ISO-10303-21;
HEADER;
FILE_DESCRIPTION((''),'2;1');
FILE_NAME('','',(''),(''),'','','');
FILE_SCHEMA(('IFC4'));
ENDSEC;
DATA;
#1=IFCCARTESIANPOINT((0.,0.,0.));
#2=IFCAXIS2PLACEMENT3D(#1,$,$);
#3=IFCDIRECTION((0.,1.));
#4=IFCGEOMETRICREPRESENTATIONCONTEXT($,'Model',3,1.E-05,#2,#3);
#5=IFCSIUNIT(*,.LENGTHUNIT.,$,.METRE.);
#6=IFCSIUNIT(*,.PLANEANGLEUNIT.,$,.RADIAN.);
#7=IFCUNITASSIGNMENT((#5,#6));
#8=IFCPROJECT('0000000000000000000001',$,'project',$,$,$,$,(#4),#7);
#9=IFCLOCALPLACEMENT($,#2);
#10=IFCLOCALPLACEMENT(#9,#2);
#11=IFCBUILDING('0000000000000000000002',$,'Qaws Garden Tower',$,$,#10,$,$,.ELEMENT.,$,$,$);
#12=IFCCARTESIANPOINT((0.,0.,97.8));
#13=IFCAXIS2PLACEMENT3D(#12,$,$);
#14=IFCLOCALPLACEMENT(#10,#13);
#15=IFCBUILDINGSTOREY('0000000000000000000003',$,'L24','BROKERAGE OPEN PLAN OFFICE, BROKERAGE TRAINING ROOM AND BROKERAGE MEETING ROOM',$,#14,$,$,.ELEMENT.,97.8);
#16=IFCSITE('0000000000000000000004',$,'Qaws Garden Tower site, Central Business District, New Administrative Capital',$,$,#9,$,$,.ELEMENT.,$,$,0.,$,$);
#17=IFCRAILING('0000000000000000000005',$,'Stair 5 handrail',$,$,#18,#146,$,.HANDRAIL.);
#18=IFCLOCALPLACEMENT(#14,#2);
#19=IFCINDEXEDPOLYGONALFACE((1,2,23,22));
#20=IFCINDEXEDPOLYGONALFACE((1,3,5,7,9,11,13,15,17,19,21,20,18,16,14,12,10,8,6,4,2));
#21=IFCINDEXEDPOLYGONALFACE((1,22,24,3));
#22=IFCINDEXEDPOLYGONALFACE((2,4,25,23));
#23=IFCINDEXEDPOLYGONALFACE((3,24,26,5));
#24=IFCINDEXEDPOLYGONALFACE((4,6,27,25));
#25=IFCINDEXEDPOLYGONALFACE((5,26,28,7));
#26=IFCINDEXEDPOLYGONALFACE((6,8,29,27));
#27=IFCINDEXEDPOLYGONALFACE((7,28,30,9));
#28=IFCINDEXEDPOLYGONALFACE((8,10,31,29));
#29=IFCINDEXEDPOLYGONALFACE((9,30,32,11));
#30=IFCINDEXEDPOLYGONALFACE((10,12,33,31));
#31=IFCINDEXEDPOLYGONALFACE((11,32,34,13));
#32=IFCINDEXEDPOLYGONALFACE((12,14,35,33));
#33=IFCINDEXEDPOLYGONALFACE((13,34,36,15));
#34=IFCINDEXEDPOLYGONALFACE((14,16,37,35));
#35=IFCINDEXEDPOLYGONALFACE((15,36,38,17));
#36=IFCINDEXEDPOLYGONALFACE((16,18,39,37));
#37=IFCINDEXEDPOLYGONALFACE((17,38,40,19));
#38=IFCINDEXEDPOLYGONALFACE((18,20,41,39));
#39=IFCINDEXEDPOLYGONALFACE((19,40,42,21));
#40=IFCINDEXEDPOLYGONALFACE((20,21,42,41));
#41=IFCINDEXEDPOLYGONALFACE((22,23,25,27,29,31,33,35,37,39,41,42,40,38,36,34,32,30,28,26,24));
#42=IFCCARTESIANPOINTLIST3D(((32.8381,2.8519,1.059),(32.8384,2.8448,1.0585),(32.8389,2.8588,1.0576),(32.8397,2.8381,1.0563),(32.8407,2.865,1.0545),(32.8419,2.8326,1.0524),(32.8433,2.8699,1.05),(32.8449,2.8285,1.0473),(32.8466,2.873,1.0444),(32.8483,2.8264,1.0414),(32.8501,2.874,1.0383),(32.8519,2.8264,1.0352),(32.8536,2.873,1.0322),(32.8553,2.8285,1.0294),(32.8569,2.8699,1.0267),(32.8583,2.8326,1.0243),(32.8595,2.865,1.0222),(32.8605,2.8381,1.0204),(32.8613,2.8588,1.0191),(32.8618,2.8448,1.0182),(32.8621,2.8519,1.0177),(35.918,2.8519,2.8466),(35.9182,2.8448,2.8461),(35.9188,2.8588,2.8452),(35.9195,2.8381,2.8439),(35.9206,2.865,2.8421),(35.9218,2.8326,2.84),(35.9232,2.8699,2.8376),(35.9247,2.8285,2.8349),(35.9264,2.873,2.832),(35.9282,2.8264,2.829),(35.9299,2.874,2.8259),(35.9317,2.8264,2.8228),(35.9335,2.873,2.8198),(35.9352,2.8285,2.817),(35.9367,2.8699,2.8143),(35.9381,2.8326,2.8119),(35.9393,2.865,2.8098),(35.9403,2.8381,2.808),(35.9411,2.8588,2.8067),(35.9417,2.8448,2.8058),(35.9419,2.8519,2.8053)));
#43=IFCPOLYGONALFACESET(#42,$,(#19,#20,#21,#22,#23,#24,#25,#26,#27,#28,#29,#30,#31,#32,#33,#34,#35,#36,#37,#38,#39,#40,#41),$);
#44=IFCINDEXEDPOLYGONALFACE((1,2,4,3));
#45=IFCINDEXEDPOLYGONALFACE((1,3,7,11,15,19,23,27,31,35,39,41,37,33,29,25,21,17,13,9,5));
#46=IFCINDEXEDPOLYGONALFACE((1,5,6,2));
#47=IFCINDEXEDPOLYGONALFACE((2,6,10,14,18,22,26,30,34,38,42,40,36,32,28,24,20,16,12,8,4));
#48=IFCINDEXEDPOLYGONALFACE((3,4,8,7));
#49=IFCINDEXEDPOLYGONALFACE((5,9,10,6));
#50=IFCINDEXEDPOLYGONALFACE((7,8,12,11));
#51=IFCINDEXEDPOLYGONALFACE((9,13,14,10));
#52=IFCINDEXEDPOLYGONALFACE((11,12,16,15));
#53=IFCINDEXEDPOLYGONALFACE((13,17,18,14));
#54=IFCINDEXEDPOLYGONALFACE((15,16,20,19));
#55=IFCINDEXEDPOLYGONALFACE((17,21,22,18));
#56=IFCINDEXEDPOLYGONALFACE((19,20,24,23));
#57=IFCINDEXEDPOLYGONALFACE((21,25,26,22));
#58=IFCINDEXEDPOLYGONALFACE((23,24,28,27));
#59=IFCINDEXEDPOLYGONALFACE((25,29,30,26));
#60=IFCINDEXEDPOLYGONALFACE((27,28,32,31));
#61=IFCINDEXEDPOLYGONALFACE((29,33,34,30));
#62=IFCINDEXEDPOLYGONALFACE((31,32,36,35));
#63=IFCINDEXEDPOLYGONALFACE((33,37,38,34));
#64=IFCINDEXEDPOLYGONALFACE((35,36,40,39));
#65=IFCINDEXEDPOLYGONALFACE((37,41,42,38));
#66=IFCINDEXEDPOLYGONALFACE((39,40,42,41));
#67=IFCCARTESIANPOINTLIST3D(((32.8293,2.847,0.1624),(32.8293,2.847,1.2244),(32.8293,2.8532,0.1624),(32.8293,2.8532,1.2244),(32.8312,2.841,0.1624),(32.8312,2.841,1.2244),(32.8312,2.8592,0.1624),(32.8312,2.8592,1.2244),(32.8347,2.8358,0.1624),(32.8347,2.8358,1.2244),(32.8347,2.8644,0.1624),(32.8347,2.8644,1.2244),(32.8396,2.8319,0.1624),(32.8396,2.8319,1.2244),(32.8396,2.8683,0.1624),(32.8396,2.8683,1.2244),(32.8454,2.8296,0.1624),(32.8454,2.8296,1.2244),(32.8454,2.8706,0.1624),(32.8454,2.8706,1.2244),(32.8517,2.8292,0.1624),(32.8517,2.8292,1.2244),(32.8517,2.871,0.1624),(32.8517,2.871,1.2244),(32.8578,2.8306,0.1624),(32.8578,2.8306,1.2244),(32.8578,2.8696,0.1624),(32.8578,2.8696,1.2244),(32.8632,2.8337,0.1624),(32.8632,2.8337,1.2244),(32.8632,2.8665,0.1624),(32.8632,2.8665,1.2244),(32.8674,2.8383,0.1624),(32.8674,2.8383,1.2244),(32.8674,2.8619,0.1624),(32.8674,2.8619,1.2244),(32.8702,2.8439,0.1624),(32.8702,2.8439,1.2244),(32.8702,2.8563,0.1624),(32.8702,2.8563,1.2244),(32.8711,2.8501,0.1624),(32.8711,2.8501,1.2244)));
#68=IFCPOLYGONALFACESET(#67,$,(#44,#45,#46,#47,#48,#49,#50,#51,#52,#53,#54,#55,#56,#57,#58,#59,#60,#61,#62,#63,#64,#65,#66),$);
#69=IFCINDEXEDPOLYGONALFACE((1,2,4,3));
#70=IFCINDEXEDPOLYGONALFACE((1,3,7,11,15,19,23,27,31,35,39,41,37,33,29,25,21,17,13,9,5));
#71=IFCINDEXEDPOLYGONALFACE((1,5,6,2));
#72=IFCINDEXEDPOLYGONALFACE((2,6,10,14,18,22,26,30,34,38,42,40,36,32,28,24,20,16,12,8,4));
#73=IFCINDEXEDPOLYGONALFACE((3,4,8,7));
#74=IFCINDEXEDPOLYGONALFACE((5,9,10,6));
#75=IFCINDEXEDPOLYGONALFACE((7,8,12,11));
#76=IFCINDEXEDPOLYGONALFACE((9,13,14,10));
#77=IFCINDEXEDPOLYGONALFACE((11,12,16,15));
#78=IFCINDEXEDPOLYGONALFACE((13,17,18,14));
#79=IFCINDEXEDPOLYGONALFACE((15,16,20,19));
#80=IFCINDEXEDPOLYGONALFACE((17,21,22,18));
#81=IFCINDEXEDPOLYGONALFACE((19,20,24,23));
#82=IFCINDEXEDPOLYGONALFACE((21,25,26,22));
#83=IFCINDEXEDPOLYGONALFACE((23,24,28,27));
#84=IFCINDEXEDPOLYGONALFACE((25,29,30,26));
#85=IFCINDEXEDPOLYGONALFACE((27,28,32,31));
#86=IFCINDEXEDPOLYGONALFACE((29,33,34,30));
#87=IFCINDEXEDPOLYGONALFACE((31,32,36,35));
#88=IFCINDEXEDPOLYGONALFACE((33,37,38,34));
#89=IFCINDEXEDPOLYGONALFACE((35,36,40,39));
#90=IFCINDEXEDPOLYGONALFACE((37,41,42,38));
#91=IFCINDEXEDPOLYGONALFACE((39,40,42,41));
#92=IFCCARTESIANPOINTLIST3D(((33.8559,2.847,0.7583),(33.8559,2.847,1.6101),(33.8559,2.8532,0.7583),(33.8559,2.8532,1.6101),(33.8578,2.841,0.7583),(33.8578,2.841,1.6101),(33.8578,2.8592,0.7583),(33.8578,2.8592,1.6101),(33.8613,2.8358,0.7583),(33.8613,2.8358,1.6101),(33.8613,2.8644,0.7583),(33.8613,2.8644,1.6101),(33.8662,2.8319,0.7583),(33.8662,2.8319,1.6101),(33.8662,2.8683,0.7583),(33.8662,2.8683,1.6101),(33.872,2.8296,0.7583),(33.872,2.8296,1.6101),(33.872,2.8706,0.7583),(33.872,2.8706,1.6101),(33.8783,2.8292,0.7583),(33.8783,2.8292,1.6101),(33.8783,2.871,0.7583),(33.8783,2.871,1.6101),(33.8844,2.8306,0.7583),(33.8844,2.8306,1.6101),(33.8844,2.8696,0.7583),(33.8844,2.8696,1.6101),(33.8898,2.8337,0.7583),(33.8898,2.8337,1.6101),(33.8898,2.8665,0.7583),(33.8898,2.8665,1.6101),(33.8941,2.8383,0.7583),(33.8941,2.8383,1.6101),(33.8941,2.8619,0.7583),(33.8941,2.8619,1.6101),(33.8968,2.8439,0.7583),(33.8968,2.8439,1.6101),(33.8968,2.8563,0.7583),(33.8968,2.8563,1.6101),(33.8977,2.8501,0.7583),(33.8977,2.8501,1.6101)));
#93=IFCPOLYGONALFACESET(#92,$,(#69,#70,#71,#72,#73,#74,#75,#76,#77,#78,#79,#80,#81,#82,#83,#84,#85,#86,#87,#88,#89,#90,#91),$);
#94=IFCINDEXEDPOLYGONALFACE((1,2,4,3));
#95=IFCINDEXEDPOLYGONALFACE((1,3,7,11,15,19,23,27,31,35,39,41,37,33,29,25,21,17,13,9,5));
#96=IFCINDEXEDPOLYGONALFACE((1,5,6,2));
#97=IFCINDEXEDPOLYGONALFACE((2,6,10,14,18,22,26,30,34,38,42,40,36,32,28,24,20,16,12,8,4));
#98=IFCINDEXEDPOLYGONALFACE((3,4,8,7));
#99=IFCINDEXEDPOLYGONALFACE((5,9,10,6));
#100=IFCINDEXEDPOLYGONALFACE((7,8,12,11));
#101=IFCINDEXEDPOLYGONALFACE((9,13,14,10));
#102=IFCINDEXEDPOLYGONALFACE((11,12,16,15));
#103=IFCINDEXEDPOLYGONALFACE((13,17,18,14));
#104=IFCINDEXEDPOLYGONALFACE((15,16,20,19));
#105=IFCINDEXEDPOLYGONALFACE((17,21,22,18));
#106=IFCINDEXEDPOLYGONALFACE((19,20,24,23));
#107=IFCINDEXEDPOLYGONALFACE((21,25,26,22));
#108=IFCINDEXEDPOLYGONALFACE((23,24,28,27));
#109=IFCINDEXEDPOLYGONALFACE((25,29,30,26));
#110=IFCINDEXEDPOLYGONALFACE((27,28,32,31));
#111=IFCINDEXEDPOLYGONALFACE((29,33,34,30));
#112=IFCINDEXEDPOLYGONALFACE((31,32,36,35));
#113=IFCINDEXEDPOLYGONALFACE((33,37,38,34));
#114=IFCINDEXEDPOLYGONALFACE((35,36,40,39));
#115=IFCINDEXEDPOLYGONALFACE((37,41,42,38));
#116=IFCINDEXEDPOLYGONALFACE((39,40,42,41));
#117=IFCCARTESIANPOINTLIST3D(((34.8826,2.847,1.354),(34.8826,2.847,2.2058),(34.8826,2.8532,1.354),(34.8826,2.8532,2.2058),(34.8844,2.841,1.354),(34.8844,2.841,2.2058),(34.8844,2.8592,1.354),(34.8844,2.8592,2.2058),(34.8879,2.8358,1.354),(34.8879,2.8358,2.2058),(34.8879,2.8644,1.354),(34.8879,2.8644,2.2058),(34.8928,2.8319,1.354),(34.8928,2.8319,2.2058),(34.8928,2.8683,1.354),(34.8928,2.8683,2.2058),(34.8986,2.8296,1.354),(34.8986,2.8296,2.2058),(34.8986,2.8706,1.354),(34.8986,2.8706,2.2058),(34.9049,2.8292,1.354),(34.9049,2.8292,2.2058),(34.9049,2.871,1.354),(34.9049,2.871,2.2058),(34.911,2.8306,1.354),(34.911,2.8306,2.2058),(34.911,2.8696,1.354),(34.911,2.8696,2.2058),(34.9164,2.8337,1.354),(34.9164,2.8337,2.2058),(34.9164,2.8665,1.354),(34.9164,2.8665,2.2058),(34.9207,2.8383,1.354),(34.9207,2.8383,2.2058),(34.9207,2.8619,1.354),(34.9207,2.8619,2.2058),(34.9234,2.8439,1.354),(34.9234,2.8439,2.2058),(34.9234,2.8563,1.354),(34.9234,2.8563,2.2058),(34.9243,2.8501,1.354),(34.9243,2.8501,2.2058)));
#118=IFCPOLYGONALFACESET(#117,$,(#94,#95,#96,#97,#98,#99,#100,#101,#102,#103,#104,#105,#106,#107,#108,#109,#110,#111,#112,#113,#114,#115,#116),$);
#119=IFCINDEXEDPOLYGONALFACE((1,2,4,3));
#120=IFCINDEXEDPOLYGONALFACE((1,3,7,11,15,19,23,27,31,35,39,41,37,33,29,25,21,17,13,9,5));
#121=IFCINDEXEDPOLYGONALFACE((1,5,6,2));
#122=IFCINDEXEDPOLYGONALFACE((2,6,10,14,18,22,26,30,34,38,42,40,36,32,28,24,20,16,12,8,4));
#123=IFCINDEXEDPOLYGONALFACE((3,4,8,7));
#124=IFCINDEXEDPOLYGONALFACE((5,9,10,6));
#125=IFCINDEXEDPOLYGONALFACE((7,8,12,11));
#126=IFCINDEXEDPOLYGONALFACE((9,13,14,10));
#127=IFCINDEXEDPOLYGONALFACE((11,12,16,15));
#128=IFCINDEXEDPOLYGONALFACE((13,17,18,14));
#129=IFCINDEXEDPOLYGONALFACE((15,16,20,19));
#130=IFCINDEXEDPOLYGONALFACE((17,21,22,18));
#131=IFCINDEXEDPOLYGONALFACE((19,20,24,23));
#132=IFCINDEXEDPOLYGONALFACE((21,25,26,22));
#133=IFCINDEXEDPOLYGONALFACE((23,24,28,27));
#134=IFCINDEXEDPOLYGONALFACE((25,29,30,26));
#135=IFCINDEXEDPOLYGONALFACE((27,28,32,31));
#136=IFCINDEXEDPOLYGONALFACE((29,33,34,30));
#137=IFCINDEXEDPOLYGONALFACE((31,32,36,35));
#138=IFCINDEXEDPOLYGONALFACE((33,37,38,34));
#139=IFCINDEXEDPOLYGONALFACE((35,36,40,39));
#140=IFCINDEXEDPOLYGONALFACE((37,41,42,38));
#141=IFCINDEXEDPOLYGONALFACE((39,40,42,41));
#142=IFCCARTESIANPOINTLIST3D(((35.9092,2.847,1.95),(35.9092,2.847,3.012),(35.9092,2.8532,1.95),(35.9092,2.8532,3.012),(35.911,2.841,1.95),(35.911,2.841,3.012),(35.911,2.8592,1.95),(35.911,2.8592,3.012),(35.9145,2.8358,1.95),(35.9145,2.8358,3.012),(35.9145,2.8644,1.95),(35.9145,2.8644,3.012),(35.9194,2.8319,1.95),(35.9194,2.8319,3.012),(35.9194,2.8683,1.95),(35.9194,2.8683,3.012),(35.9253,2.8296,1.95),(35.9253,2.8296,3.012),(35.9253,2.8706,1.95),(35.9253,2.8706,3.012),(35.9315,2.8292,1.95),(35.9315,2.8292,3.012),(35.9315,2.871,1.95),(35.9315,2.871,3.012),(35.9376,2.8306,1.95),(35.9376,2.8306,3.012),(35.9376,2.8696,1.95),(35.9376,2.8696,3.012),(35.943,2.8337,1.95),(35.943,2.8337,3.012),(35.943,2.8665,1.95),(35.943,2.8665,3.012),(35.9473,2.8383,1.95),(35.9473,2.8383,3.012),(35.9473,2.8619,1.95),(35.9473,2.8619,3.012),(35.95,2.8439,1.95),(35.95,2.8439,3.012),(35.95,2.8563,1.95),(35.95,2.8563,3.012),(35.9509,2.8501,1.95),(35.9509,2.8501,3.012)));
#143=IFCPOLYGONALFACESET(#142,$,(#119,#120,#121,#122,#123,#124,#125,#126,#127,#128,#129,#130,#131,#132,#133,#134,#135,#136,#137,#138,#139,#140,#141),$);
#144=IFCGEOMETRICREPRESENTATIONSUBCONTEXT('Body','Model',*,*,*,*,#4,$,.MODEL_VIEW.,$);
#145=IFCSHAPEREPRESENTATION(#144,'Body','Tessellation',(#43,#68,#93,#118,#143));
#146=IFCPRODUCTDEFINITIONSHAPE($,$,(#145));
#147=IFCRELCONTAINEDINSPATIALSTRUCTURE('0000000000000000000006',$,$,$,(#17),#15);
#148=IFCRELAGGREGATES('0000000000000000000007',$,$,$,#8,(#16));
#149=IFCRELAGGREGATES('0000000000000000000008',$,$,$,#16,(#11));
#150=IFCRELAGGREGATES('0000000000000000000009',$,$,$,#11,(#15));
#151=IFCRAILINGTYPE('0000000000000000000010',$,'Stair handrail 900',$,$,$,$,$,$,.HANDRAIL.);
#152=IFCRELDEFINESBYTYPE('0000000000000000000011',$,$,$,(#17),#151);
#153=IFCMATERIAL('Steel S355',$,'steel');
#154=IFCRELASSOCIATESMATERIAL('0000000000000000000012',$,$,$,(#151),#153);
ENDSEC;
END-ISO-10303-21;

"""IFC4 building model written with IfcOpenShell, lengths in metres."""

from ifc_helpers import new_model, si_unit, direction, frame, origin, origin_2d, place, context, subcontext, project, spatial, circle, extrude, material, type_object, element, save


model = new_model("IFC4")

# Units and contexts
model_context = context("Model", 3, precision=1e-05, world=origin(), true_north=direction((0.0, 1.0)))
body_context = subcontext(model_context, "Body", "Model", "MODEL_VIEW")
ifc_project = project(units=[si_unit("LENGTHUNIT", "METRE"), si_unit("PLANEANGLEUNIT", "RADIAN")], contexts=[model_context])

# Site, building, storey
site_placement = place(None, origin())
site = spatial("IfcSite", under=ifc_project, at=site_placement, Name="Qaws Garden Tower site, Central Business District, New Administrative Capital", CompositionType="ELEMENT", RefElevation=0.0)
building_placement = place(site_placement, origin())
building = spatial("IfcBuilding", under=site, at=building_placement, Name="Qaws Garden Tower", CompositionType="ELEMENT")
storey_placement = place(building_placement, frame((0.0, 0.0, 97.8)))
storey = spatial("IfcBuildingStorey", under=building, at=storey_placement, Name="L24", Description="BROKERAGE OPEN PLAN OFFICE, BROKERAGE TRAINING ROOM AND BROKERAGE MEETING ROOM", CompositionType="ELEMENT", Elevation=97.8)

# Railing
ifc_material_1 = material(Name="Steel S355", Category="steel")
railing_type = type_object("IfcRailingType", Name="Stair handrail 900", PredefinedType="HANDRAIL", material=ifc_material_1)
railing_1_placement = place(storey_placement, frame((32.8501, 2.8501, 0.1624)))
element("IfcRailing", 1, at=railing_1_placement, inside=storey, type_object=railing_type, Name="Stair 5 handrail", PredefinedType="HANDRAIL", context=body_context, shape_type="SweptSolid", body=[
    extrude(circle(Radius=0.0239, at=origin_2d()), frame((0.0, 0.0, 0.876), z_axis=(0.864873, 0.0, 0.50199), x_axis=(0.0, 1.0, 0.0)), (0.0, 0.0, 1.0), 3.561),
    extrude(circle(Radius=0.021, at=origin_2d()), origin(), (0.0, 0.0, 1.0), 1.062),
    extrude(circle(Radius=0.021, at=origin_2d()), frame((1.0266, 0.0, 0.5959)), (0.0, 0.0, 1.0), 0.8518),
    extrude(circle(Radius=0.021, at=origin_2d()), frame((2.0532, 0.0, 1.1917)), (0.0, 0.0, 1.0), 0.8518),
    extrude(circle(Radius=0.021, at=origin_2d()), frame((3.0798, 0.0, 1.7876)), (0.0, 0.0, 1.0), 1.062),
])

save(model, "model.ifc")
